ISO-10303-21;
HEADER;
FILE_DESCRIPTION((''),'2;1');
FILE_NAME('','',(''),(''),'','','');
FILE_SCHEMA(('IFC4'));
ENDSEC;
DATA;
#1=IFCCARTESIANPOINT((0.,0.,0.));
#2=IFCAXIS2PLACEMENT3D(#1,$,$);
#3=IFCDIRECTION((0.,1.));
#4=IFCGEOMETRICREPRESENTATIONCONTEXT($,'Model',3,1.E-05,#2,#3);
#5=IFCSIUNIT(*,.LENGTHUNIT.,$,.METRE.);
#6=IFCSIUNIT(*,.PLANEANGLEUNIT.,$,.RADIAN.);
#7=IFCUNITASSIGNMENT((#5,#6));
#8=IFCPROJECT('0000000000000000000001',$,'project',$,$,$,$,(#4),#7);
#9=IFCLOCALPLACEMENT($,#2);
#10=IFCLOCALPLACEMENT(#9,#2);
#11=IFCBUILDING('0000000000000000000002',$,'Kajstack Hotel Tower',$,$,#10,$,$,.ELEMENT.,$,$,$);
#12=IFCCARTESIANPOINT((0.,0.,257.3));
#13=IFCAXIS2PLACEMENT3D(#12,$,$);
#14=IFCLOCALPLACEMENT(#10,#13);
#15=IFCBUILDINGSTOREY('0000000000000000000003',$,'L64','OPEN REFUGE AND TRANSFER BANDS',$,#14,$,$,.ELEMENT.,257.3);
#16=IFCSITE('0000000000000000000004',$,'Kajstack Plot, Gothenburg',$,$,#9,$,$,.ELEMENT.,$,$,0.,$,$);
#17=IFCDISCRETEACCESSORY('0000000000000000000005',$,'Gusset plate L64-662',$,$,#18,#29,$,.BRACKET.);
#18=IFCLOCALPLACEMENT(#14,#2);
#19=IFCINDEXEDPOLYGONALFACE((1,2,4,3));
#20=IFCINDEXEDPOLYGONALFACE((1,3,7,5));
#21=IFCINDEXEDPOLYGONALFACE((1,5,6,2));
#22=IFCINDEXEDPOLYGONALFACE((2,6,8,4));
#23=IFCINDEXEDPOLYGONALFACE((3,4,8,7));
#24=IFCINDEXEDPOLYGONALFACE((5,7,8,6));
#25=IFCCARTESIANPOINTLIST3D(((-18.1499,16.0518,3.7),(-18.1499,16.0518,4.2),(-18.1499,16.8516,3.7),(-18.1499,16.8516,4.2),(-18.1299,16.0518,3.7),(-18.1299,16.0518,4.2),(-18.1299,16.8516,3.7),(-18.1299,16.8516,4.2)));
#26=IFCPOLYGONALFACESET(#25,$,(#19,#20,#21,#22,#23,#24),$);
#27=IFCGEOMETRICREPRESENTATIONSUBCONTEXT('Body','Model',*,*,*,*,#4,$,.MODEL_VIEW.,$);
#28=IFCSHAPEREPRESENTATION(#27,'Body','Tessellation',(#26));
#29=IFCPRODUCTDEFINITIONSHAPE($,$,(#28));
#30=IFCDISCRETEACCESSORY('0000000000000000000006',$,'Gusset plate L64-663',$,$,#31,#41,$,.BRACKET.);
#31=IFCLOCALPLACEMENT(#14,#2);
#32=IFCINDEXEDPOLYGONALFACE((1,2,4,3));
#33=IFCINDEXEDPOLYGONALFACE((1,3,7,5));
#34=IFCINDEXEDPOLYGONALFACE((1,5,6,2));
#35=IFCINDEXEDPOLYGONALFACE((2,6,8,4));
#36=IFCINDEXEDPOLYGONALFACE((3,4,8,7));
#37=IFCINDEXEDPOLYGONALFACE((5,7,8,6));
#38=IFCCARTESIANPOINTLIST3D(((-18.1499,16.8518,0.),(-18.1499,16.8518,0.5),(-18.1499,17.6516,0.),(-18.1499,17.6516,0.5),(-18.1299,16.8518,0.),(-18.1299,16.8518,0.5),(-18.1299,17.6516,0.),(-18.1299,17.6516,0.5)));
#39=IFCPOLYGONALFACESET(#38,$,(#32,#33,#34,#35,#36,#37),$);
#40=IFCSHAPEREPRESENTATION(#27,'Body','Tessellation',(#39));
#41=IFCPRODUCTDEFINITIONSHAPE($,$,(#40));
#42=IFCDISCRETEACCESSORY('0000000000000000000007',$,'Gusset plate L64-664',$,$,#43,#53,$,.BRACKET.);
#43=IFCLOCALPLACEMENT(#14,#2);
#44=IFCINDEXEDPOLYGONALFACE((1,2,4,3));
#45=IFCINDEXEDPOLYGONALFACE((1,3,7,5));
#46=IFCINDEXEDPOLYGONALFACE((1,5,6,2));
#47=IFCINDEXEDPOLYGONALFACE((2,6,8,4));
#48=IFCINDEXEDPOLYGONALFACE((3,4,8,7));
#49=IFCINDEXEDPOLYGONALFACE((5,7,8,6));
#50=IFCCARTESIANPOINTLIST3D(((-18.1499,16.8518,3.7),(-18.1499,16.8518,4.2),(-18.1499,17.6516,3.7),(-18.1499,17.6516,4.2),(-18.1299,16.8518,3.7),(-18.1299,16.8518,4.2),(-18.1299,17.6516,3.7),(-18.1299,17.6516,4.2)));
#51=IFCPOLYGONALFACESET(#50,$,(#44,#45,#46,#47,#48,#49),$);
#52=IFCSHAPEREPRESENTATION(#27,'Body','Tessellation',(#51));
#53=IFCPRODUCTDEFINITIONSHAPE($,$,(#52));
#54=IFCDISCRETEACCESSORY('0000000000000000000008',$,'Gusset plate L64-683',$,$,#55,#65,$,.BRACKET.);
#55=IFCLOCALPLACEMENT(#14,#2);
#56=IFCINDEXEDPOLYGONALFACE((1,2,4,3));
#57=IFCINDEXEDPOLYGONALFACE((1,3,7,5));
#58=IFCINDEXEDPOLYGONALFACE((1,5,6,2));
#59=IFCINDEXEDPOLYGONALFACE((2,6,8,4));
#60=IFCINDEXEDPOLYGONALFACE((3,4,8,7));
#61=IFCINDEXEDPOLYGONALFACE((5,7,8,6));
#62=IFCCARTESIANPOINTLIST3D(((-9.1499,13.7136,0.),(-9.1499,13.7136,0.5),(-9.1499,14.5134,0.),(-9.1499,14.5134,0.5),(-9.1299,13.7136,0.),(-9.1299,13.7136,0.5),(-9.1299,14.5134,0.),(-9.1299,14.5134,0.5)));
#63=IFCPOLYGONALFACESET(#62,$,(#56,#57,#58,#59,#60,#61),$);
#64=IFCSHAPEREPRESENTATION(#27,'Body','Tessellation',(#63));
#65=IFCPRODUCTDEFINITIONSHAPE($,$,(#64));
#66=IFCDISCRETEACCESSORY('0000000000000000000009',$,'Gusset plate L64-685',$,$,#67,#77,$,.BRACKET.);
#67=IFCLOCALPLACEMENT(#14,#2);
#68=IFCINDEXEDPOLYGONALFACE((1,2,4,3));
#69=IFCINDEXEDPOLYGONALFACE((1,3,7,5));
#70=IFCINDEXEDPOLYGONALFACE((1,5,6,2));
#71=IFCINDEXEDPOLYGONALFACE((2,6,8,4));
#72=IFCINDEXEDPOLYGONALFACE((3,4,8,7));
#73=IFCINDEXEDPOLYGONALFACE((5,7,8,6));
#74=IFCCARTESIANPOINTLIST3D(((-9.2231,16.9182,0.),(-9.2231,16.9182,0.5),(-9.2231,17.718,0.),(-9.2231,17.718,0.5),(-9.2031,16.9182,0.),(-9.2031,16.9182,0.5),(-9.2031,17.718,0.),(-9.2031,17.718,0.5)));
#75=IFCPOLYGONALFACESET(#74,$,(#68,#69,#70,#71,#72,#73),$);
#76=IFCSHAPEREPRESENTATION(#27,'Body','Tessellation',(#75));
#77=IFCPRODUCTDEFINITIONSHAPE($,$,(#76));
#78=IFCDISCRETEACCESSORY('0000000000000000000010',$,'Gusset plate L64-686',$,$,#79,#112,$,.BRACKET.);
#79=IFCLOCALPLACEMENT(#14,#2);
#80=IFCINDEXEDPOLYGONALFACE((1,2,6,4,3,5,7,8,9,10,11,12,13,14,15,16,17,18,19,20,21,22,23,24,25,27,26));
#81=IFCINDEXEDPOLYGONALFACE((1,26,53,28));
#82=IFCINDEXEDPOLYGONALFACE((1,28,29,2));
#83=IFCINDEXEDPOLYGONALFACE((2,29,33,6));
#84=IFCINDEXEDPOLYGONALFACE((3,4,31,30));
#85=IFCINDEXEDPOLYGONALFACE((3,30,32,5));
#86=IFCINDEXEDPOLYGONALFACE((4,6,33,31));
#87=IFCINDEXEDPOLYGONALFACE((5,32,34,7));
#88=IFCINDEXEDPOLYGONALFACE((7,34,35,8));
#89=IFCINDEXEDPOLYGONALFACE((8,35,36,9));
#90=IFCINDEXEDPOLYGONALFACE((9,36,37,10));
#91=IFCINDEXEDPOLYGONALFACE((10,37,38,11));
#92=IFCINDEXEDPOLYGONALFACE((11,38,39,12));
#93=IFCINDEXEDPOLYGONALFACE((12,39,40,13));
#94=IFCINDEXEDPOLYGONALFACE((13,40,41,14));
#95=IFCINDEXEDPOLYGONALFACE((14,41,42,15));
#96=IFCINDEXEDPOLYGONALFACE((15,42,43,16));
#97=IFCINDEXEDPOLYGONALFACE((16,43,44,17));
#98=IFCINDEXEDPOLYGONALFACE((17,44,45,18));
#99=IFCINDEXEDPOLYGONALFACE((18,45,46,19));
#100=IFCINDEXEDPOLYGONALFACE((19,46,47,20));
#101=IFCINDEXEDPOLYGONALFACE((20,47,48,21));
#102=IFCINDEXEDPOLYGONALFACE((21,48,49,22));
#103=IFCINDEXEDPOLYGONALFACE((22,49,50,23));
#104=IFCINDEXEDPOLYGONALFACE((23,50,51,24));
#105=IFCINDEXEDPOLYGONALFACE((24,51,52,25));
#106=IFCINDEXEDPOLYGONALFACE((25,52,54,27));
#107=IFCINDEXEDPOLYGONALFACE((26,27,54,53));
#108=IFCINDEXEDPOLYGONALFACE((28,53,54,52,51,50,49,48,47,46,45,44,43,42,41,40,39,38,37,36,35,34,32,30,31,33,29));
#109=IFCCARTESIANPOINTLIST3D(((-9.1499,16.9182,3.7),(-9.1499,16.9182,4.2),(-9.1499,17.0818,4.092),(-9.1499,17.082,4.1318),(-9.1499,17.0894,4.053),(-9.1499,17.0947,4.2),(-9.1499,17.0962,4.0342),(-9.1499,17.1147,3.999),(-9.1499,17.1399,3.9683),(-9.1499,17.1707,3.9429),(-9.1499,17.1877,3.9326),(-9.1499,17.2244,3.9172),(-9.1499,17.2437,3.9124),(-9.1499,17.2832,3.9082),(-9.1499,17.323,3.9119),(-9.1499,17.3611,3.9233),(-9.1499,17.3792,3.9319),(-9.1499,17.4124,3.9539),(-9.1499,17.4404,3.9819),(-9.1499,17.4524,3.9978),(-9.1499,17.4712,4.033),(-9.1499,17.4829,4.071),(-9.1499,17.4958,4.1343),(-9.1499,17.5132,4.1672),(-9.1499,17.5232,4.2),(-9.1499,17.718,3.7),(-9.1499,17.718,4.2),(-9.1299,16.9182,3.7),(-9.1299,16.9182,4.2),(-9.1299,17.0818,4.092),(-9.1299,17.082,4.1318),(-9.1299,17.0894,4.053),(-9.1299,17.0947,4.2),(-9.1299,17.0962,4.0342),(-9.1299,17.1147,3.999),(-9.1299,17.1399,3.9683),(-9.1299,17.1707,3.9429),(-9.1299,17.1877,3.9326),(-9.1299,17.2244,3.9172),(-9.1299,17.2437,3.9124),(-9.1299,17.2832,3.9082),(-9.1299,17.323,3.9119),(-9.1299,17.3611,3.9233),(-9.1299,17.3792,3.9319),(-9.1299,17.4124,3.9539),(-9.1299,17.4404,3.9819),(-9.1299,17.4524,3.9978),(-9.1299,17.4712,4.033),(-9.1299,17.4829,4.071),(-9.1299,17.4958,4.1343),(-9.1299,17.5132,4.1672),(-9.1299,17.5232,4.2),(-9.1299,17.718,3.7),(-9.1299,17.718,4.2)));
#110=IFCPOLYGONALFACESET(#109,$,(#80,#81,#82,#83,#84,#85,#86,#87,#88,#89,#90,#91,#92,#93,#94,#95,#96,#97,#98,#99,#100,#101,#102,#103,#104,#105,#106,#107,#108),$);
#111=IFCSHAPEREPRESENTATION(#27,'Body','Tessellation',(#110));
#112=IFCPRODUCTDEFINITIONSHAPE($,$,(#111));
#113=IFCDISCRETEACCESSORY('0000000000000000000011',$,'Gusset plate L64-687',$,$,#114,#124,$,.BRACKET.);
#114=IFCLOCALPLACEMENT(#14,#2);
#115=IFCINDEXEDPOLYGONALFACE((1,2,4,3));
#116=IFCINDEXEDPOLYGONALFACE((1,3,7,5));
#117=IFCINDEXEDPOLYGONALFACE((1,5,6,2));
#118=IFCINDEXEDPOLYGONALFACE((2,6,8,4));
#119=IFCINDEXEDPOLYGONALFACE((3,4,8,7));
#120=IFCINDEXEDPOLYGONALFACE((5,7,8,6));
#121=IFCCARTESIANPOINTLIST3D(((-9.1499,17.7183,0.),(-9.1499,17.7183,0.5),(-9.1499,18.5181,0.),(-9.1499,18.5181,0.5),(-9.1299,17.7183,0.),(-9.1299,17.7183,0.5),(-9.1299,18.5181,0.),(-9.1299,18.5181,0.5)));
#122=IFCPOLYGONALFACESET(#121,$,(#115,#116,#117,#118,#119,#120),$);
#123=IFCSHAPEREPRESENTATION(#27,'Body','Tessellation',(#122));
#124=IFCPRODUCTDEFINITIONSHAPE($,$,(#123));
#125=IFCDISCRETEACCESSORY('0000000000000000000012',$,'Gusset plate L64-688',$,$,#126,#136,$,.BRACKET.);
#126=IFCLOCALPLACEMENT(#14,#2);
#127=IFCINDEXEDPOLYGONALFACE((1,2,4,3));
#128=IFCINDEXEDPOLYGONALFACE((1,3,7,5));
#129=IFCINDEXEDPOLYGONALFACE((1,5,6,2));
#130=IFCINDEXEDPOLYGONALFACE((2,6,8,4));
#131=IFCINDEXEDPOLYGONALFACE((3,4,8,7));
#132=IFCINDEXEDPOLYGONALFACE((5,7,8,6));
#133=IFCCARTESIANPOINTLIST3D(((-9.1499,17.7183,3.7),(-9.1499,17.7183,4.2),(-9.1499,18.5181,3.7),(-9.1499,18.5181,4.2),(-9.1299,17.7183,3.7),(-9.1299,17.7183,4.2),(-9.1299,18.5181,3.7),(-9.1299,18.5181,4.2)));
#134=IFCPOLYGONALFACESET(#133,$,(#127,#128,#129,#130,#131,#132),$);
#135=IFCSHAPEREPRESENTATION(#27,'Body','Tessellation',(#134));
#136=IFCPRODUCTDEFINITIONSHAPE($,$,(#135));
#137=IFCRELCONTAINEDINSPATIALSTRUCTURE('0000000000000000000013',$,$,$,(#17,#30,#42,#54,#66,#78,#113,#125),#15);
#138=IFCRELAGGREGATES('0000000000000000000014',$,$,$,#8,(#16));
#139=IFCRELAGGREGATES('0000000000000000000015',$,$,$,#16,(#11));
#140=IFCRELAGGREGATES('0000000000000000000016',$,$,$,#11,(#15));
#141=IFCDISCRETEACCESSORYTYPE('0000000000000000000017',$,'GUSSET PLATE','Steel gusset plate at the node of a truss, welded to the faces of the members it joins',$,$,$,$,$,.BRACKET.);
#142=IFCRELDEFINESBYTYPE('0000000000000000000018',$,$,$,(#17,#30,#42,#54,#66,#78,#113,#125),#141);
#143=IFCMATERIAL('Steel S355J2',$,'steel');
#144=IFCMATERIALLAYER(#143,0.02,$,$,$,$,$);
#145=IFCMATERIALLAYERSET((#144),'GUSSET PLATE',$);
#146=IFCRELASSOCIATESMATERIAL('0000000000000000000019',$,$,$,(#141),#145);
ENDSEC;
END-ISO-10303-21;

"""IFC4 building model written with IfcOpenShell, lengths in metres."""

from ifc_helpers import new_model, si_unit, direction, frame, origin, place, context, subcontext, project, spatial, polyline, outline, extrude, material, layer, layer_set, type_object, element, save


model = new_model("IFC4")

# Units and contexts
model_context = context("Model", 3, precision=1e-05, world=origin(), true_north=direction((0.0, 1.0)))
body_context = subcontext(model_context, "Body", "Model", "MODEL_VIEW")
ifc_project = project(units=[si_unit("LENGTHUNIT", "METRE"), si_unit("PLANEANGLEUNIT", "RADIAN")], contexts=[model_context])

# Site, building, storey
site_placement = place(None, origin())
site = spatial("IfcSite", under=ifc_project, at=site_placement, Name="Kajstack Plot, Gothenburg", CompositionType="ELEMENT", RefElevation=0.0)
building_placement = place(site_placement, origin())
building = spatial("IfcBuilding", under=site, at=building_placement, Name="Kajstack Hotel Tower", CompositionType="ELEMENT")
storey_placement = place(building_placement, frame((0.0, 0.0, 257.3)))
storey = spatial("IfcBuildingStorey", under=building, at=storey_placement, Name="L64", Description="OPEN REFUGE AND TRANSFER BANDS", CompositionType="ELEMENT", Elevation=257.3)

# Shared definitions
ifc_material = material(Name="Steel S355J2", Category="steel")

# Discrete accessories
ifc_layer = layer(ifc_material, 0.02)
ifc_layer_set = layer_set([ifc_layer], Name="GUSSET PLATE")
discrete_accessory_type = type_object("IfcDiscreteAccessoryType", Name="GUSSET PLATE", Description="Steel gusset plate at the node of a truss, welded to the faces of the members it joins", PredefinedType="BRACKET", material=ifc_layer_set)
for number, where, z_axis, x_axis, name in (
    (1, (-18.1499, 16.4517, 3.7), (1.0, 0.0, 0.0), (0.0, 1.0, 0.0), "Gusset plate L64-662"),
    (2, (-18.1499, 17.2517, 0.0), (1.0, 0.0, 0.0), (0.0, 1.0, 0.0), "Gusset plate L64-663"),
    (3, (-18.1499, 17.2517, 3.7), (1.0, 0.0, 0.0), (0.0, 1.0, 0.0), "Gusset plate L64-664"),
    (4, (-9.1499, 14.1135, 0.0), (1.0, 0.0, 0.0), (0.0, 1.0, 0.0), "Gusset plate L64-683"),
    (5, (-9.2231, 17.3181, 0.0), (1.0, 0.0, 0.0), (0.0, 1.0, 0.0), "Gusset plate L64-685"),
):
    element("IfcDiscreteAccessory", number, at=place(storey_placement, frame(where, z_axis=z_axis, x_axis=x_axis)), inside=storey, type_object=discrete_accessory_type, Name=name, PredefinedType="BRACKET", context=body_context, shape_type="SweptSolid", body=[
        extrude(outline(polyline([(-0.3999, 0.0), (0.3999, 0.0), (0.3999, 0.5), (-0.3999, 0.5), (-0.3999, 0.0)])), origin(), (0.0, 0.0, 1.0), 0.02),
    ])
discrete_accessory_placement = place(storey_placement, frame((-9.1499, 17.3181, 3.7), z_axis=(1.0, 0.0, 0.0), x_axis=(0.0, 1.0, 0.0)))
element("IfcDiscreteAccessory", 6, at=discrete_accessory_placement, inside=storey, type_object=discrete_accessory_type, Name="Gusset plate L64-686", PredefinedType="BRACKET", context=body_context, shape_type="SweptSolid", body=[
    extrude(outline(polyline([(0.3999, 0.5), (0.2051, 0.5), (0.1951, 0.4673), (0.1777, 0.4343), (0.1648, 0.3711), (0.1531, 0.333), (0.1343, 0.2979), (0.1223, 0.282), (0.0942, 0.2539), (0.061, 0.2319), (0.043, 0.2234), (0.0049, 0.2119), (-0.0349, 0.2083), (-0.0745, 0.2124), (-0.0938, 0.2173), (-0.1304, 0.2327), (-0.1475, 0.2429), (-0.1782, 0.2683), (-0.2034, 0.2991), (-0.2219, 0.3342), (-0.2288, 0.353), (-0.2363, 0.3921), (-0.2361, 0.4319), (-0.2234, 0.5), (-0.3999, 0.5), (-0.3999, 0.0), (0.3999, 0.0), (0.3999, 0.5)])), origin(), (0.0, 0.0, 1.0), 0.02),
])
for number, where, z_axis, x_axis, name in (
    (7, (-9.1499, 18.1182, 0.0), (1.0, 0.0, 0.0), (0.0, 1.0, 0.0), "Gusset plate L64-687"),
    (8, (-9.1499, 18.1182, 3.7), (1.0, 0.0, 0.0), (0.0, 1.0, 0.0), "Gusset plate L64-688"),
):
    element("IfcDiscreteAccessory", number, at=place(storey_placement, frame(where, z_axis=z_axis, x_axis=x_axis)), inside=storey, type_object=discrete_accessory_type, Name=name, PredefinedType="BRACKET", context=body_context, shape_type="SweptSolid", body=[
        extrude(outline(polyline([(-0.3999, 0.0), (0.3999, 0.0), (0.3999, 0.5), (-0.3999, 0.5), (-0.3999, 0.0)])), origin(), (0.0, 0.0, 1.0), 0.02),
    ])

save(model, "model.ifc")
